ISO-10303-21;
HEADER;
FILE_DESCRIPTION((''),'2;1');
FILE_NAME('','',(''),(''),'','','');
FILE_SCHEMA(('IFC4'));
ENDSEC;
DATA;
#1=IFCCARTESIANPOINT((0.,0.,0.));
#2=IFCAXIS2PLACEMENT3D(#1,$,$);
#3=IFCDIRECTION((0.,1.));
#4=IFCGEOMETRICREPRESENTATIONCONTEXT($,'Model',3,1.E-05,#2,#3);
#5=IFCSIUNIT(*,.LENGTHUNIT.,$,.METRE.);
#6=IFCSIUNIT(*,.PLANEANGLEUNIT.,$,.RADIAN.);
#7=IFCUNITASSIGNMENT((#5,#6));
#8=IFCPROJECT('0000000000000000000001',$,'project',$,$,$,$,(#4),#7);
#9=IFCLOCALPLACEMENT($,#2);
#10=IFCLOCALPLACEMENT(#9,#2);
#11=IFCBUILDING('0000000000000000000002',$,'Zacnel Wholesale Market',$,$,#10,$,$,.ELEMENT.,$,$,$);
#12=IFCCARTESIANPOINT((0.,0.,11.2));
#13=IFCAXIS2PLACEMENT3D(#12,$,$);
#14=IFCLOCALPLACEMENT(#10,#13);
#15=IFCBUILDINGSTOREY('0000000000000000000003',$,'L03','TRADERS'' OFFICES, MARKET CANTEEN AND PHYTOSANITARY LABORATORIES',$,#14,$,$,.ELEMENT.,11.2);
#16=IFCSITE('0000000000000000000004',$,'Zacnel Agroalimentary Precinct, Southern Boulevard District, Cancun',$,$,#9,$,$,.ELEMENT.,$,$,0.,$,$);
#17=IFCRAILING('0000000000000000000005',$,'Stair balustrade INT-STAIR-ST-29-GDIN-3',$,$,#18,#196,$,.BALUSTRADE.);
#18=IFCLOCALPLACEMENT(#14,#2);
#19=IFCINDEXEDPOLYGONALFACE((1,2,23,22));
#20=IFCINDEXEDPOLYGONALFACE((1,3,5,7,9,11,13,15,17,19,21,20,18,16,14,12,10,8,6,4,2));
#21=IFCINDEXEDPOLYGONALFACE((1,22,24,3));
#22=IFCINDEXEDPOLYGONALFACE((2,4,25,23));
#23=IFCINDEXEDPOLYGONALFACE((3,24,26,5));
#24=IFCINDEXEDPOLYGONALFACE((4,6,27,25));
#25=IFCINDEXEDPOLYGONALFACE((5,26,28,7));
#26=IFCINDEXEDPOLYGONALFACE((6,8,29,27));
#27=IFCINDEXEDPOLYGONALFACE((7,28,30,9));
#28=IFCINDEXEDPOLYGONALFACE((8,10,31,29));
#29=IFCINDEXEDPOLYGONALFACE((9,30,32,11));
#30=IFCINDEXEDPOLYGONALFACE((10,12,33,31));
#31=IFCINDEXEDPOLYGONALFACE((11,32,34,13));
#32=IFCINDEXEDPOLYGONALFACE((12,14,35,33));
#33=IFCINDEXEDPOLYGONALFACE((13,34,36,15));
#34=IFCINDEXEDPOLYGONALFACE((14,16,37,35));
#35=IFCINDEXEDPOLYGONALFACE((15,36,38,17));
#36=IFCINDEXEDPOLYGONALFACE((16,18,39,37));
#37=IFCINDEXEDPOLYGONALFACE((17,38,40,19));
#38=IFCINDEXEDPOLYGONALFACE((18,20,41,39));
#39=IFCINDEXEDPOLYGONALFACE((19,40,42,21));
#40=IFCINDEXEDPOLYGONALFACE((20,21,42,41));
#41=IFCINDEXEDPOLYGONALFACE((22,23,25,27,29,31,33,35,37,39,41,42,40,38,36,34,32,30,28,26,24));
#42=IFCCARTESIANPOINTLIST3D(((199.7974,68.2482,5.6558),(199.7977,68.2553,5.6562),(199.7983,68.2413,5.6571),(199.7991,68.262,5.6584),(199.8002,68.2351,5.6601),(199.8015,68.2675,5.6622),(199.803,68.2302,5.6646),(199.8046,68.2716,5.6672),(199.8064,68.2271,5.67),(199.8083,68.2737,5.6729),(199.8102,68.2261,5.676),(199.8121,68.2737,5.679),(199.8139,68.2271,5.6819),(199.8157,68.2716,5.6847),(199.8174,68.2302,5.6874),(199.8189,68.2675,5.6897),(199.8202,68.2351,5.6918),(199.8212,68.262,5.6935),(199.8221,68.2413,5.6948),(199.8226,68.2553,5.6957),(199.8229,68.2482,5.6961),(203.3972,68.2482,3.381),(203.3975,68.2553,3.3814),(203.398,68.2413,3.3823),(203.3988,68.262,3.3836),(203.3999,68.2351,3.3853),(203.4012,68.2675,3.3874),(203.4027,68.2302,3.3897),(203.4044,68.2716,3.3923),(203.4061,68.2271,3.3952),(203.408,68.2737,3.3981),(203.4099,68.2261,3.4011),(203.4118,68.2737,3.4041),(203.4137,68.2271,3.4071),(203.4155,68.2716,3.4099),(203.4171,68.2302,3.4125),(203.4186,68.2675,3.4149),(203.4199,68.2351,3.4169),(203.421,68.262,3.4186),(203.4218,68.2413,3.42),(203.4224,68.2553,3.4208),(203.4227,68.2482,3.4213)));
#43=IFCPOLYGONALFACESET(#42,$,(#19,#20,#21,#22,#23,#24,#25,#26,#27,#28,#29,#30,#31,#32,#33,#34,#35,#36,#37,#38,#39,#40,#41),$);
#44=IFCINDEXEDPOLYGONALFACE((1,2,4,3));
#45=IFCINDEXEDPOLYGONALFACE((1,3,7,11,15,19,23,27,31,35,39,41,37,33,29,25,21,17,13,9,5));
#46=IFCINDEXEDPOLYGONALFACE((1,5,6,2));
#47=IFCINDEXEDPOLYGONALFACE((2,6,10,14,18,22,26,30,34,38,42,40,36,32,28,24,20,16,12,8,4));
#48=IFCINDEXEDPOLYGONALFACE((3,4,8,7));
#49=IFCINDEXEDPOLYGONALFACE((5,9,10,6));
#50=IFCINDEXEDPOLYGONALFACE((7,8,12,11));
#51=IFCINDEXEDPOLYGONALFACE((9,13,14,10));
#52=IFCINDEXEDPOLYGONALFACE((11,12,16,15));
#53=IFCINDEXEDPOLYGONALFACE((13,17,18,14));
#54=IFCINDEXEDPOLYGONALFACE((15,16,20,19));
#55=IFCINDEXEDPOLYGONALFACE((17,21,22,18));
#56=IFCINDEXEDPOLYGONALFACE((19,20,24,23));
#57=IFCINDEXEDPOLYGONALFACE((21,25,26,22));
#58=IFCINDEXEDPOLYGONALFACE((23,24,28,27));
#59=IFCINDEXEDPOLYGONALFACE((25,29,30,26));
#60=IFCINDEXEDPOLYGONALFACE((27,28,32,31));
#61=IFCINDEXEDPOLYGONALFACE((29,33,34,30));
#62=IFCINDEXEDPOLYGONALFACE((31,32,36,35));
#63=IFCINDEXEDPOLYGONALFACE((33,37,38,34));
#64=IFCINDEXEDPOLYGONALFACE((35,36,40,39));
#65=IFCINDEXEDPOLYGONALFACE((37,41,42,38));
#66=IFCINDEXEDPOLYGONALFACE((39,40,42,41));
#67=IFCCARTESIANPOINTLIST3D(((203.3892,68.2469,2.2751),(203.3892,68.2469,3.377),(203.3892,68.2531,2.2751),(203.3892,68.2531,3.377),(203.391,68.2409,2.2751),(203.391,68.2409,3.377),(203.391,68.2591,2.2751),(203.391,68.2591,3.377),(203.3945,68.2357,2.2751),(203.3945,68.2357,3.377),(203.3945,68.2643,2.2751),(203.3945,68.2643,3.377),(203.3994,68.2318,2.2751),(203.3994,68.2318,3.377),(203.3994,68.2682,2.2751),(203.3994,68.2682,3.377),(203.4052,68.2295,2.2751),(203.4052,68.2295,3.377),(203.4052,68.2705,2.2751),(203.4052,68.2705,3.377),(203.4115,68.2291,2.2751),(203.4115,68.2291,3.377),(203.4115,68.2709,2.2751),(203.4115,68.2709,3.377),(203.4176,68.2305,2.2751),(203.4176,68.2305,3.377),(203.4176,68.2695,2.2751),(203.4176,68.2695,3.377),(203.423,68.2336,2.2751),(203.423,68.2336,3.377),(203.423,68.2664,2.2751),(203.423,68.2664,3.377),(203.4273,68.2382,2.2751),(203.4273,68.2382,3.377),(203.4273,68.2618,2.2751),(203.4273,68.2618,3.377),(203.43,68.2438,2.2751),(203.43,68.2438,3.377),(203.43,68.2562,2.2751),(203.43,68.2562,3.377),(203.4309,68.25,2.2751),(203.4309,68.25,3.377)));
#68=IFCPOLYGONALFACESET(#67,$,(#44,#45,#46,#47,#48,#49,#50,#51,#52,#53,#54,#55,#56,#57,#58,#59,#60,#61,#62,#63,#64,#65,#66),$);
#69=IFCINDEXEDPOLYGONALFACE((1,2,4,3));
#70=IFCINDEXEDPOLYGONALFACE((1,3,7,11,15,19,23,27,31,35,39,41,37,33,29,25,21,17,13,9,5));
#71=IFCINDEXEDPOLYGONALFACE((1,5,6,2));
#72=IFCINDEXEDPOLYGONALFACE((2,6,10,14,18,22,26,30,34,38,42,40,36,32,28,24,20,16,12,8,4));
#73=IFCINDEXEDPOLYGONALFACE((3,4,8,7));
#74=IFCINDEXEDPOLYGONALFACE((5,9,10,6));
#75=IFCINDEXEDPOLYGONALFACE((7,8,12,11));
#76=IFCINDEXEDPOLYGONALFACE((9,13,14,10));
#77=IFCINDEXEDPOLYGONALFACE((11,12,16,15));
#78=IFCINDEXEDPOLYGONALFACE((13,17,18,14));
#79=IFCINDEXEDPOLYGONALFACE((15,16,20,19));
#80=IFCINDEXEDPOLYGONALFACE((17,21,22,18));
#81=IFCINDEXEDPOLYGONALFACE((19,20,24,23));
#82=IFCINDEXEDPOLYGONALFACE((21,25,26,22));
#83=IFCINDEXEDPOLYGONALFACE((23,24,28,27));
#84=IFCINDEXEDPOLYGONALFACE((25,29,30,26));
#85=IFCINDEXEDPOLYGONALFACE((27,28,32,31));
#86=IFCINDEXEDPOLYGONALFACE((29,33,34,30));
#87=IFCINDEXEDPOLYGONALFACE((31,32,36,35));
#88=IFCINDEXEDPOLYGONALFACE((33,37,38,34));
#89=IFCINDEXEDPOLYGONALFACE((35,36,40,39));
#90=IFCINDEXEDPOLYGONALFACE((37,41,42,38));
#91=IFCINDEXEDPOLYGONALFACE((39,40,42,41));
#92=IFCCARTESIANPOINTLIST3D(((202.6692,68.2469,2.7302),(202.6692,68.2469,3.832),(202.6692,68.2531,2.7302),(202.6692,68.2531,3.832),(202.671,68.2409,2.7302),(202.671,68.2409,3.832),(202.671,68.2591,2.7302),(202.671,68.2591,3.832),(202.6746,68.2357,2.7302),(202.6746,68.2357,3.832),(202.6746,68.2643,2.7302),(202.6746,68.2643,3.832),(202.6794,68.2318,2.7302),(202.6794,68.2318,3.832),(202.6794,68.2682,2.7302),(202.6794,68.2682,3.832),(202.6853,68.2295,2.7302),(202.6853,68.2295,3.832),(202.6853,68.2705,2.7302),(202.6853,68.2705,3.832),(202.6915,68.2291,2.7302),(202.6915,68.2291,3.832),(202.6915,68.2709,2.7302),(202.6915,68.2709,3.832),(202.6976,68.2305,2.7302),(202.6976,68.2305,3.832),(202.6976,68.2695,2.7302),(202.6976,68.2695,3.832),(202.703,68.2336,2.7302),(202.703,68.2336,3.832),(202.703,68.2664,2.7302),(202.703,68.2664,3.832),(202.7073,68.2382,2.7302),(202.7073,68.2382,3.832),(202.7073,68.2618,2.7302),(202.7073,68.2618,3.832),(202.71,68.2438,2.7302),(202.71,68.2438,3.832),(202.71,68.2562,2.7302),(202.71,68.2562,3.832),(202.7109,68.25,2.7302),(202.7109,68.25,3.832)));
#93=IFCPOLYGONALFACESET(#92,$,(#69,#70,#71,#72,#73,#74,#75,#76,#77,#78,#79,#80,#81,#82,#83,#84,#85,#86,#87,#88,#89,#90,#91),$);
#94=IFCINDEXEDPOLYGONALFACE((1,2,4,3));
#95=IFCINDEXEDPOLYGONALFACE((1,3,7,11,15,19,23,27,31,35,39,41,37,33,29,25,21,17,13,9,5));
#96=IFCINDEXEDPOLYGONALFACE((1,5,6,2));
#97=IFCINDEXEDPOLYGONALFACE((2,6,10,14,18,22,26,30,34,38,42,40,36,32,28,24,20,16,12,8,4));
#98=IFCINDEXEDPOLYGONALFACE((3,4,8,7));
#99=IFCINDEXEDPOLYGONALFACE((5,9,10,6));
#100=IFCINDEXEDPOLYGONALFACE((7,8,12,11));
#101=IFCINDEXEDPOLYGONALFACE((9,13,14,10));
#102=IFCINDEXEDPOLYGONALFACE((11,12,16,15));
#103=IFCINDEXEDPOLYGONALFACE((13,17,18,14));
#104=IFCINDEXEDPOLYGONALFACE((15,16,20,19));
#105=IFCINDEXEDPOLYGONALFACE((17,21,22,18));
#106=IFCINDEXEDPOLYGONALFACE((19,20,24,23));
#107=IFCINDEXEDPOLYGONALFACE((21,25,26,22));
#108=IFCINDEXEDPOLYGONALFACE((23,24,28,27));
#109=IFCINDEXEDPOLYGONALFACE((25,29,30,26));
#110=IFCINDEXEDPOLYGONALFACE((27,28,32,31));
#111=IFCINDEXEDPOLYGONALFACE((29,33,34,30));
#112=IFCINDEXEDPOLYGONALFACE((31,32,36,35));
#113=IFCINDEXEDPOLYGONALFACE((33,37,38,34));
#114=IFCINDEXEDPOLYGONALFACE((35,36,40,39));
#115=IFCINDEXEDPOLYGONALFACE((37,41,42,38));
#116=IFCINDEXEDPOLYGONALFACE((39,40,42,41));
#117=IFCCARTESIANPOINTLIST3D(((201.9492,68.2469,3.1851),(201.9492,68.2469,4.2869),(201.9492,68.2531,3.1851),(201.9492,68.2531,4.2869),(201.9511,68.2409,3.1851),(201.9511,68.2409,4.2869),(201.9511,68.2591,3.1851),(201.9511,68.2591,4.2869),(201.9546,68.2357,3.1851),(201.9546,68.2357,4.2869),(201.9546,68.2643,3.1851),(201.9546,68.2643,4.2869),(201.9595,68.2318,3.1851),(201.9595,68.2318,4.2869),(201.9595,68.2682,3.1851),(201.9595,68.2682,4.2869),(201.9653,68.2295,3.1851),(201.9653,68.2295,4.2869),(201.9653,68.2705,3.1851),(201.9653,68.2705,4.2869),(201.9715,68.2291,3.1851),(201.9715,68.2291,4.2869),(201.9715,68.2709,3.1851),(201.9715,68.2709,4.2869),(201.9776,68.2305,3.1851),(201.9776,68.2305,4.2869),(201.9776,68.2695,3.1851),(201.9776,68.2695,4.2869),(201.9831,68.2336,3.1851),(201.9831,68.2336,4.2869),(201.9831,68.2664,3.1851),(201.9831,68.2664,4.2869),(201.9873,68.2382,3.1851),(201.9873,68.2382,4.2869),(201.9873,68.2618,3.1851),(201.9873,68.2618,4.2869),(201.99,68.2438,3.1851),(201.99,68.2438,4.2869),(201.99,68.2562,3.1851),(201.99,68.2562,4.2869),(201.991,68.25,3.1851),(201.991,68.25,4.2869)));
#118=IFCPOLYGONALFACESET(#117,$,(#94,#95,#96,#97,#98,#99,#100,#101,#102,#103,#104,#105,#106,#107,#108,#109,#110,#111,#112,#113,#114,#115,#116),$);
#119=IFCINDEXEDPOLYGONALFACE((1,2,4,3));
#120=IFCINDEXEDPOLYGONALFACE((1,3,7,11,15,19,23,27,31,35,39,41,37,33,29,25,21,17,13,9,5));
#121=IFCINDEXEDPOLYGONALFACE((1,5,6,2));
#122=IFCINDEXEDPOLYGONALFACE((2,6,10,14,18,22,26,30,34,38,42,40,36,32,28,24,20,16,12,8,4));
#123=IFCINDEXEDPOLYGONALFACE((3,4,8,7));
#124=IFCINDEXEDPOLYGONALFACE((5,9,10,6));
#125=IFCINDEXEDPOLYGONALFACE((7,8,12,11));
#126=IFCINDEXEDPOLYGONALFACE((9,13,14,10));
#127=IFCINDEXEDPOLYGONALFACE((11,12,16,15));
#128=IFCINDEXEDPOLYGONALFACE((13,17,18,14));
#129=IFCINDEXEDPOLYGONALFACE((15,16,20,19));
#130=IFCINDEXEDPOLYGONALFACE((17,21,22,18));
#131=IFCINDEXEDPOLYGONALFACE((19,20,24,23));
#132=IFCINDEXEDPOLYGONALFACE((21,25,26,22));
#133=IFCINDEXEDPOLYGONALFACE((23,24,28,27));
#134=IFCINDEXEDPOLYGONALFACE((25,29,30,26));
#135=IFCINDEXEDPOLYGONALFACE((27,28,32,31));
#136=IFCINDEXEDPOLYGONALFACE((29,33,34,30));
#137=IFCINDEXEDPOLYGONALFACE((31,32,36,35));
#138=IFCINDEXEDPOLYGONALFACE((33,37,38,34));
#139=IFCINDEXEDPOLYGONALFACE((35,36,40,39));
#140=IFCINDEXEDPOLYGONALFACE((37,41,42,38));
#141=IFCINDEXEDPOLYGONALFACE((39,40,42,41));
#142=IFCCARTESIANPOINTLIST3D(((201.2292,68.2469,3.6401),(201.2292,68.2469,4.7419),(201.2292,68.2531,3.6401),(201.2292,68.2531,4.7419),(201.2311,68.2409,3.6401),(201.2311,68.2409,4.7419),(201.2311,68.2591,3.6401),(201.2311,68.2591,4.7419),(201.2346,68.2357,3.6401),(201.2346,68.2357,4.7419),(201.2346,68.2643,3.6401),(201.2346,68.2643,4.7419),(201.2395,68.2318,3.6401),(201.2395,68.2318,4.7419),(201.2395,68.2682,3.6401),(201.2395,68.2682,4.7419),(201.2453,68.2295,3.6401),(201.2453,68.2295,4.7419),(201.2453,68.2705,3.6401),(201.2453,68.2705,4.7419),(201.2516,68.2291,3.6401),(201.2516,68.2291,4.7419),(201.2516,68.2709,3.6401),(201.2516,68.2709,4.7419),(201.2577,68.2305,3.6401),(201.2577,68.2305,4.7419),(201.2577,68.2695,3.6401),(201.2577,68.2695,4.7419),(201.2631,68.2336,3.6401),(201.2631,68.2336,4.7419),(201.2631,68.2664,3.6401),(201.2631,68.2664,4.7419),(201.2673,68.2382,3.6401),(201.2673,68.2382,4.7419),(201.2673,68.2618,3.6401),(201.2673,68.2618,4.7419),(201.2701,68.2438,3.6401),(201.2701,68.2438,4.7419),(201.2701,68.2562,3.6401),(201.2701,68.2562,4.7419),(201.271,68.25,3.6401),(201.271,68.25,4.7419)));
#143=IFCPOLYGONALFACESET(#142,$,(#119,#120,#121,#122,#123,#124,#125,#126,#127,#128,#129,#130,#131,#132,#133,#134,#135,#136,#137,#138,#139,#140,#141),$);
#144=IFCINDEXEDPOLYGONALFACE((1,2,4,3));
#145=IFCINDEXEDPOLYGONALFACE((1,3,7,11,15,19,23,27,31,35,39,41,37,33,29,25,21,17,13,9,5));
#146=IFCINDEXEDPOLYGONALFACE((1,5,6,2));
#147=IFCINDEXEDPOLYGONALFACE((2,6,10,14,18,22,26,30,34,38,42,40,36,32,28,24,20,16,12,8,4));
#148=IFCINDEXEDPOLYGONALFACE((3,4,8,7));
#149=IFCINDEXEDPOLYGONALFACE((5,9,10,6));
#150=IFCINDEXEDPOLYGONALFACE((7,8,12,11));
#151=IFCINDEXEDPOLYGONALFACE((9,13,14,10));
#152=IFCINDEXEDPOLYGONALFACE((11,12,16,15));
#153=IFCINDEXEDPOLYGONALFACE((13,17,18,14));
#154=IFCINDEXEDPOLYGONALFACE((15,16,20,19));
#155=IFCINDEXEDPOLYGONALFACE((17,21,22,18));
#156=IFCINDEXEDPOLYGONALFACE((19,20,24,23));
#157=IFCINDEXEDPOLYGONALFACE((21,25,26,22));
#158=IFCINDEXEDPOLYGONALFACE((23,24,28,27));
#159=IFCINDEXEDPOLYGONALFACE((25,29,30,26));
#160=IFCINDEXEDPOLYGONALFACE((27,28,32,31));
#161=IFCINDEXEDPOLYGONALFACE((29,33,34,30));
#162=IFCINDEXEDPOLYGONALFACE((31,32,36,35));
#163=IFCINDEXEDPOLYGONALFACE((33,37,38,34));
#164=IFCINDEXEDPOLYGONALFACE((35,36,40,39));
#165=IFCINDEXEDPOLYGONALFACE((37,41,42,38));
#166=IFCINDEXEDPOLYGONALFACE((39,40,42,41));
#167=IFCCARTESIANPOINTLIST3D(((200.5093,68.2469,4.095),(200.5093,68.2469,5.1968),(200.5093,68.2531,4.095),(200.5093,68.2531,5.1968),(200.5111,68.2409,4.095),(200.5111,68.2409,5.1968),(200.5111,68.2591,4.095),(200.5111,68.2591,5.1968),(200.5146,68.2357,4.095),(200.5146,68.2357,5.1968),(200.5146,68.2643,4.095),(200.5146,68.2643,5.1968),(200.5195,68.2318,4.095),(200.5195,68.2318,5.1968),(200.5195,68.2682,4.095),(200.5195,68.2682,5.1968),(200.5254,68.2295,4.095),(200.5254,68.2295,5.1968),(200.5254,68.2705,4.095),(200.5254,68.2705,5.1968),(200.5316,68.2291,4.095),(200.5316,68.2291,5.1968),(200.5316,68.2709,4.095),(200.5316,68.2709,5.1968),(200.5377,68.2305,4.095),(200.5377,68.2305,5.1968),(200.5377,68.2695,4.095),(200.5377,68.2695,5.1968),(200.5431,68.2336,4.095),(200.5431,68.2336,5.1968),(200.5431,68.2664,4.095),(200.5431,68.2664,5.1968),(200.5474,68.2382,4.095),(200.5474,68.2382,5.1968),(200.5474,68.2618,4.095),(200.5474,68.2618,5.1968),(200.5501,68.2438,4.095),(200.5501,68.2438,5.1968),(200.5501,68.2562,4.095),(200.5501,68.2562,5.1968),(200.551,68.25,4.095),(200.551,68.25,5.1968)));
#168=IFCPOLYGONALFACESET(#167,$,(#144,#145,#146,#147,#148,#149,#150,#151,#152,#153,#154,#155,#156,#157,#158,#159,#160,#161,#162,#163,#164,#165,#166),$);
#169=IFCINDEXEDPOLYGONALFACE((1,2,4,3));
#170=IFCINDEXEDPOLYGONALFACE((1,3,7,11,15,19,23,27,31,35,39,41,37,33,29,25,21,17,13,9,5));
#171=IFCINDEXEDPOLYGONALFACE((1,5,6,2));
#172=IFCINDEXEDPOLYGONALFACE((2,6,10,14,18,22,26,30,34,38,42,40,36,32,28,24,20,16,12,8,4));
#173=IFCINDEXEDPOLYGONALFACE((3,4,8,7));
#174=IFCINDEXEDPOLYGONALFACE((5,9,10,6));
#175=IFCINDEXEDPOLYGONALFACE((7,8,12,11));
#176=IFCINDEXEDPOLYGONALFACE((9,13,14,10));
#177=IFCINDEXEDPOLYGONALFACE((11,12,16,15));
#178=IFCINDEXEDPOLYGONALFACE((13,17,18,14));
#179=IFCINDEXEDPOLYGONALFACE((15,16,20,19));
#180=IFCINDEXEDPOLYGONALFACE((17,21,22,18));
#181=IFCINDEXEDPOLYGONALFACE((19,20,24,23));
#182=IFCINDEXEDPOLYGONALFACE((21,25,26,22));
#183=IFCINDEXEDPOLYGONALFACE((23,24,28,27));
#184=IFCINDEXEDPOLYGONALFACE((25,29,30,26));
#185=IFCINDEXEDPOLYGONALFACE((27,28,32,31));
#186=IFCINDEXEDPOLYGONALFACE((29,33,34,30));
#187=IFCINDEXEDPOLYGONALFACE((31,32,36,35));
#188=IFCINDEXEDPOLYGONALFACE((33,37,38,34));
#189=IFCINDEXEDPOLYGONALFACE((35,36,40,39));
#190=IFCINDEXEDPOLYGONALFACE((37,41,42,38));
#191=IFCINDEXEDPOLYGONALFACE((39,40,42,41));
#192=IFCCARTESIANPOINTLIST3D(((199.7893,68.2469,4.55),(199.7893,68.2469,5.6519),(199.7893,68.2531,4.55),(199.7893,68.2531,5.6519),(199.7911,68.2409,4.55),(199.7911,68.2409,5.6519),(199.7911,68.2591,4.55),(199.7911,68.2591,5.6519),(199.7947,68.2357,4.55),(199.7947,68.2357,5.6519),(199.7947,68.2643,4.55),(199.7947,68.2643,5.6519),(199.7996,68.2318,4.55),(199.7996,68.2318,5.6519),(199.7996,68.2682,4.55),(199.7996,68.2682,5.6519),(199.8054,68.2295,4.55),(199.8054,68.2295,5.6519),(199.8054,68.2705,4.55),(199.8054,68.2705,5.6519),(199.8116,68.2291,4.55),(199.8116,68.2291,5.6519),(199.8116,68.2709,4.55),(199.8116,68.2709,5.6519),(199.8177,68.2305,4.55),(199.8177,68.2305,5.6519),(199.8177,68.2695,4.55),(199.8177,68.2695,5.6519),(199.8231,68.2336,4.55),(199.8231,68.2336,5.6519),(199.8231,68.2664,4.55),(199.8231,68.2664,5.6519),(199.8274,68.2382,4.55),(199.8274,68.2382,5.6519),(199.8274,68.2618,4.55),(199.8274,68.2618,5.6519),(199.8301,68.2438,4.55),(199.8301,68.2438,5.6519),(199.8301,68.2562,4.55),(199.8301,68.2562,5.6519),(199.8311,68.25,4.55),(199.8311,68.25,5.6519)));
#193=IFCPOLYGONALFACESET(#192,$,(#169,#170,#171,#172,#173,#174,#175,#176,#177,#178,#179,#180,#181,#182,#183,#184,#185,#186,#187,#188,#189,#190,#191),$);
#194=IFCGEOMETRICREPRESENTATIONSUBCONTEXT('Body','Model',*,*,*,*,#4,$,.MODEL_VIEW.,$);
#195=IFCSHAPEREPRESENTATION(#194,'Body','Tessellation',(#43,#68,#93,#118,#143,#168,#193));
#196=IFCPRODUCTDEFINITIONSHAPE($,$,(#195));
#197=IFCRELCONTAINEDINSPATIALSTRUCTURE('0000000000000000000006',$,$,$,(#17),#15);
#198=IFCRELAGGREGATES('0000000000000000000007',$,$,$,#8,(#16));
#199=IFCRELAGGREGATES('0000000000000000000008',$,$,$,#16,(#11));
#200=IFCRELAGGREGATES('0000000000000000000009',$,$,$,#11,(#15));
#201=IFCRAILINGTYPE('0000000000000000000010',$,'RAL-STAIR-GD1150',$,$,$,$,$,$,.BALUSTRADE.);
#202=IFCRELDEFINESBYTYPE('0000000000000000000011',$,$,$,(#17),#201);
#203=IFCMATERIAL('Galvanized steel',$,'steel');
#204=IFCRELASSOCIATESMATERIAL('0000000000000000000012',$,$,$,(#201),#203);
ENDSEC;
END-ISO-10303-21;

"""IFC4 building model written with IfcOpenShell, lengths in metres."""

from ifc_helpers import new_model, si_unit, direction, frame, origin, origin_2d, place, context, subcontext, project, spatial, circle, extrude, material, type_object, element, save


model = new_model("IFC4")

# Units and contexts
model_context = context("Model", 3, precision=1e-05, world=origin(), true_north=direction((0.0, 1.0)))
body_context = subcontext(model_context, "Body", "Model", "MODEL_VIEW")
ifc_project = project(units=[si_unit("LENGTHUNIT", "METRE"), si_unit("PLANEANGLEUNIT", "RADIAN")], contexts=[model_context])

# Site, building, storey
site_placement = place(None, origin())
site = spatial("IfcSite", under=ifc_project, at=site_placement, Name="Zacnel Agroalimentary Precinct, Southern Boulevard District, Cancun", CompositionType="ELEMENT", RefElevation=0.0)
building_placement = place(site_placement, origin())
building = spatial("IfcBuilding", under=site, at=building_placement, Name="Zacnel Wholesale Market", CompositionType="ELEMENT")
storey_placement = place(building_placement, frame((0.0, 0.0, 11.2)))
storey = spatial("IfcBuildingStorey", under=building, at=storey_placement, Name="L03", Description="TRADERS' OFFICES, MARKET CANTEEN AND PHYTOSANITARY LABORATORIES", CompositionType="ELEMENT", Elevation=11.2)

# Railing
ifc_material_1 = material(Name="Galvanized steel", Category="steel")
railing_type = type_object("IfcRailingType", Name="RAL-STAIR-GD1150", PredefinedType="BALUSTRADE", material=ifc_material_1)
railing_1_placement = place(storey_placement, frame((203.4099, 68.25, 2.2751)))
element("IfcRailing", 1, at=railing_1_placement, inside=storey, type_object=railing_type, Name="Stair balustrade INT-STAIR-ST-29-GDIN-3", PredefinedType="BALUSTRADE", context=body_context, shape_type="SweptSolid", body=[
    extrude(circle(Radius=0.0239, at=origin_2d()), frame((0.0, 0.0, 1.126), z_axis=(-0.84535, 0.0, 0.534213), x_axis=(0.0, -1.0, 0.0)), (0.0, 0.0, 1.0), 4.2583),
    extrude(circle(Radius=0.021, at=origin_2d()), origin(), (0.0, 0.0, 1.0), 1.1018),
    extrude(circle(Radius=0.021, at=origin_2d()), frame((-0.72, 0.0, 0.4551)), (0.0, 0.0, 1.0), 1.1018),
    extrude(circle(Radius=0.021, at=origin_2d()), frame((-1.4399, 0.0, 0.9099)), (0.0, 0.0, 1.0), 1.1018),
    extrude(circle(Radius=0.021, at=origin_2d()), frame((-2.1599, 0.0, 1.365)), (0.0, 0.0, 1.0), 1.1018),
    extrude(circle(Radius=0.021, at=origin_2d()), frame((-2.8799, 0.0, 1.8198)), (0.0, 0.0, 1.0), 1.1018),
    extrude(circle(Radius=0.021, at=origin_2d()), frame((-3.5999, 0.0, 2.2749)), (0.0, 0.0, 1.0), 1.1018),
])

save(model, "model.ifc")
